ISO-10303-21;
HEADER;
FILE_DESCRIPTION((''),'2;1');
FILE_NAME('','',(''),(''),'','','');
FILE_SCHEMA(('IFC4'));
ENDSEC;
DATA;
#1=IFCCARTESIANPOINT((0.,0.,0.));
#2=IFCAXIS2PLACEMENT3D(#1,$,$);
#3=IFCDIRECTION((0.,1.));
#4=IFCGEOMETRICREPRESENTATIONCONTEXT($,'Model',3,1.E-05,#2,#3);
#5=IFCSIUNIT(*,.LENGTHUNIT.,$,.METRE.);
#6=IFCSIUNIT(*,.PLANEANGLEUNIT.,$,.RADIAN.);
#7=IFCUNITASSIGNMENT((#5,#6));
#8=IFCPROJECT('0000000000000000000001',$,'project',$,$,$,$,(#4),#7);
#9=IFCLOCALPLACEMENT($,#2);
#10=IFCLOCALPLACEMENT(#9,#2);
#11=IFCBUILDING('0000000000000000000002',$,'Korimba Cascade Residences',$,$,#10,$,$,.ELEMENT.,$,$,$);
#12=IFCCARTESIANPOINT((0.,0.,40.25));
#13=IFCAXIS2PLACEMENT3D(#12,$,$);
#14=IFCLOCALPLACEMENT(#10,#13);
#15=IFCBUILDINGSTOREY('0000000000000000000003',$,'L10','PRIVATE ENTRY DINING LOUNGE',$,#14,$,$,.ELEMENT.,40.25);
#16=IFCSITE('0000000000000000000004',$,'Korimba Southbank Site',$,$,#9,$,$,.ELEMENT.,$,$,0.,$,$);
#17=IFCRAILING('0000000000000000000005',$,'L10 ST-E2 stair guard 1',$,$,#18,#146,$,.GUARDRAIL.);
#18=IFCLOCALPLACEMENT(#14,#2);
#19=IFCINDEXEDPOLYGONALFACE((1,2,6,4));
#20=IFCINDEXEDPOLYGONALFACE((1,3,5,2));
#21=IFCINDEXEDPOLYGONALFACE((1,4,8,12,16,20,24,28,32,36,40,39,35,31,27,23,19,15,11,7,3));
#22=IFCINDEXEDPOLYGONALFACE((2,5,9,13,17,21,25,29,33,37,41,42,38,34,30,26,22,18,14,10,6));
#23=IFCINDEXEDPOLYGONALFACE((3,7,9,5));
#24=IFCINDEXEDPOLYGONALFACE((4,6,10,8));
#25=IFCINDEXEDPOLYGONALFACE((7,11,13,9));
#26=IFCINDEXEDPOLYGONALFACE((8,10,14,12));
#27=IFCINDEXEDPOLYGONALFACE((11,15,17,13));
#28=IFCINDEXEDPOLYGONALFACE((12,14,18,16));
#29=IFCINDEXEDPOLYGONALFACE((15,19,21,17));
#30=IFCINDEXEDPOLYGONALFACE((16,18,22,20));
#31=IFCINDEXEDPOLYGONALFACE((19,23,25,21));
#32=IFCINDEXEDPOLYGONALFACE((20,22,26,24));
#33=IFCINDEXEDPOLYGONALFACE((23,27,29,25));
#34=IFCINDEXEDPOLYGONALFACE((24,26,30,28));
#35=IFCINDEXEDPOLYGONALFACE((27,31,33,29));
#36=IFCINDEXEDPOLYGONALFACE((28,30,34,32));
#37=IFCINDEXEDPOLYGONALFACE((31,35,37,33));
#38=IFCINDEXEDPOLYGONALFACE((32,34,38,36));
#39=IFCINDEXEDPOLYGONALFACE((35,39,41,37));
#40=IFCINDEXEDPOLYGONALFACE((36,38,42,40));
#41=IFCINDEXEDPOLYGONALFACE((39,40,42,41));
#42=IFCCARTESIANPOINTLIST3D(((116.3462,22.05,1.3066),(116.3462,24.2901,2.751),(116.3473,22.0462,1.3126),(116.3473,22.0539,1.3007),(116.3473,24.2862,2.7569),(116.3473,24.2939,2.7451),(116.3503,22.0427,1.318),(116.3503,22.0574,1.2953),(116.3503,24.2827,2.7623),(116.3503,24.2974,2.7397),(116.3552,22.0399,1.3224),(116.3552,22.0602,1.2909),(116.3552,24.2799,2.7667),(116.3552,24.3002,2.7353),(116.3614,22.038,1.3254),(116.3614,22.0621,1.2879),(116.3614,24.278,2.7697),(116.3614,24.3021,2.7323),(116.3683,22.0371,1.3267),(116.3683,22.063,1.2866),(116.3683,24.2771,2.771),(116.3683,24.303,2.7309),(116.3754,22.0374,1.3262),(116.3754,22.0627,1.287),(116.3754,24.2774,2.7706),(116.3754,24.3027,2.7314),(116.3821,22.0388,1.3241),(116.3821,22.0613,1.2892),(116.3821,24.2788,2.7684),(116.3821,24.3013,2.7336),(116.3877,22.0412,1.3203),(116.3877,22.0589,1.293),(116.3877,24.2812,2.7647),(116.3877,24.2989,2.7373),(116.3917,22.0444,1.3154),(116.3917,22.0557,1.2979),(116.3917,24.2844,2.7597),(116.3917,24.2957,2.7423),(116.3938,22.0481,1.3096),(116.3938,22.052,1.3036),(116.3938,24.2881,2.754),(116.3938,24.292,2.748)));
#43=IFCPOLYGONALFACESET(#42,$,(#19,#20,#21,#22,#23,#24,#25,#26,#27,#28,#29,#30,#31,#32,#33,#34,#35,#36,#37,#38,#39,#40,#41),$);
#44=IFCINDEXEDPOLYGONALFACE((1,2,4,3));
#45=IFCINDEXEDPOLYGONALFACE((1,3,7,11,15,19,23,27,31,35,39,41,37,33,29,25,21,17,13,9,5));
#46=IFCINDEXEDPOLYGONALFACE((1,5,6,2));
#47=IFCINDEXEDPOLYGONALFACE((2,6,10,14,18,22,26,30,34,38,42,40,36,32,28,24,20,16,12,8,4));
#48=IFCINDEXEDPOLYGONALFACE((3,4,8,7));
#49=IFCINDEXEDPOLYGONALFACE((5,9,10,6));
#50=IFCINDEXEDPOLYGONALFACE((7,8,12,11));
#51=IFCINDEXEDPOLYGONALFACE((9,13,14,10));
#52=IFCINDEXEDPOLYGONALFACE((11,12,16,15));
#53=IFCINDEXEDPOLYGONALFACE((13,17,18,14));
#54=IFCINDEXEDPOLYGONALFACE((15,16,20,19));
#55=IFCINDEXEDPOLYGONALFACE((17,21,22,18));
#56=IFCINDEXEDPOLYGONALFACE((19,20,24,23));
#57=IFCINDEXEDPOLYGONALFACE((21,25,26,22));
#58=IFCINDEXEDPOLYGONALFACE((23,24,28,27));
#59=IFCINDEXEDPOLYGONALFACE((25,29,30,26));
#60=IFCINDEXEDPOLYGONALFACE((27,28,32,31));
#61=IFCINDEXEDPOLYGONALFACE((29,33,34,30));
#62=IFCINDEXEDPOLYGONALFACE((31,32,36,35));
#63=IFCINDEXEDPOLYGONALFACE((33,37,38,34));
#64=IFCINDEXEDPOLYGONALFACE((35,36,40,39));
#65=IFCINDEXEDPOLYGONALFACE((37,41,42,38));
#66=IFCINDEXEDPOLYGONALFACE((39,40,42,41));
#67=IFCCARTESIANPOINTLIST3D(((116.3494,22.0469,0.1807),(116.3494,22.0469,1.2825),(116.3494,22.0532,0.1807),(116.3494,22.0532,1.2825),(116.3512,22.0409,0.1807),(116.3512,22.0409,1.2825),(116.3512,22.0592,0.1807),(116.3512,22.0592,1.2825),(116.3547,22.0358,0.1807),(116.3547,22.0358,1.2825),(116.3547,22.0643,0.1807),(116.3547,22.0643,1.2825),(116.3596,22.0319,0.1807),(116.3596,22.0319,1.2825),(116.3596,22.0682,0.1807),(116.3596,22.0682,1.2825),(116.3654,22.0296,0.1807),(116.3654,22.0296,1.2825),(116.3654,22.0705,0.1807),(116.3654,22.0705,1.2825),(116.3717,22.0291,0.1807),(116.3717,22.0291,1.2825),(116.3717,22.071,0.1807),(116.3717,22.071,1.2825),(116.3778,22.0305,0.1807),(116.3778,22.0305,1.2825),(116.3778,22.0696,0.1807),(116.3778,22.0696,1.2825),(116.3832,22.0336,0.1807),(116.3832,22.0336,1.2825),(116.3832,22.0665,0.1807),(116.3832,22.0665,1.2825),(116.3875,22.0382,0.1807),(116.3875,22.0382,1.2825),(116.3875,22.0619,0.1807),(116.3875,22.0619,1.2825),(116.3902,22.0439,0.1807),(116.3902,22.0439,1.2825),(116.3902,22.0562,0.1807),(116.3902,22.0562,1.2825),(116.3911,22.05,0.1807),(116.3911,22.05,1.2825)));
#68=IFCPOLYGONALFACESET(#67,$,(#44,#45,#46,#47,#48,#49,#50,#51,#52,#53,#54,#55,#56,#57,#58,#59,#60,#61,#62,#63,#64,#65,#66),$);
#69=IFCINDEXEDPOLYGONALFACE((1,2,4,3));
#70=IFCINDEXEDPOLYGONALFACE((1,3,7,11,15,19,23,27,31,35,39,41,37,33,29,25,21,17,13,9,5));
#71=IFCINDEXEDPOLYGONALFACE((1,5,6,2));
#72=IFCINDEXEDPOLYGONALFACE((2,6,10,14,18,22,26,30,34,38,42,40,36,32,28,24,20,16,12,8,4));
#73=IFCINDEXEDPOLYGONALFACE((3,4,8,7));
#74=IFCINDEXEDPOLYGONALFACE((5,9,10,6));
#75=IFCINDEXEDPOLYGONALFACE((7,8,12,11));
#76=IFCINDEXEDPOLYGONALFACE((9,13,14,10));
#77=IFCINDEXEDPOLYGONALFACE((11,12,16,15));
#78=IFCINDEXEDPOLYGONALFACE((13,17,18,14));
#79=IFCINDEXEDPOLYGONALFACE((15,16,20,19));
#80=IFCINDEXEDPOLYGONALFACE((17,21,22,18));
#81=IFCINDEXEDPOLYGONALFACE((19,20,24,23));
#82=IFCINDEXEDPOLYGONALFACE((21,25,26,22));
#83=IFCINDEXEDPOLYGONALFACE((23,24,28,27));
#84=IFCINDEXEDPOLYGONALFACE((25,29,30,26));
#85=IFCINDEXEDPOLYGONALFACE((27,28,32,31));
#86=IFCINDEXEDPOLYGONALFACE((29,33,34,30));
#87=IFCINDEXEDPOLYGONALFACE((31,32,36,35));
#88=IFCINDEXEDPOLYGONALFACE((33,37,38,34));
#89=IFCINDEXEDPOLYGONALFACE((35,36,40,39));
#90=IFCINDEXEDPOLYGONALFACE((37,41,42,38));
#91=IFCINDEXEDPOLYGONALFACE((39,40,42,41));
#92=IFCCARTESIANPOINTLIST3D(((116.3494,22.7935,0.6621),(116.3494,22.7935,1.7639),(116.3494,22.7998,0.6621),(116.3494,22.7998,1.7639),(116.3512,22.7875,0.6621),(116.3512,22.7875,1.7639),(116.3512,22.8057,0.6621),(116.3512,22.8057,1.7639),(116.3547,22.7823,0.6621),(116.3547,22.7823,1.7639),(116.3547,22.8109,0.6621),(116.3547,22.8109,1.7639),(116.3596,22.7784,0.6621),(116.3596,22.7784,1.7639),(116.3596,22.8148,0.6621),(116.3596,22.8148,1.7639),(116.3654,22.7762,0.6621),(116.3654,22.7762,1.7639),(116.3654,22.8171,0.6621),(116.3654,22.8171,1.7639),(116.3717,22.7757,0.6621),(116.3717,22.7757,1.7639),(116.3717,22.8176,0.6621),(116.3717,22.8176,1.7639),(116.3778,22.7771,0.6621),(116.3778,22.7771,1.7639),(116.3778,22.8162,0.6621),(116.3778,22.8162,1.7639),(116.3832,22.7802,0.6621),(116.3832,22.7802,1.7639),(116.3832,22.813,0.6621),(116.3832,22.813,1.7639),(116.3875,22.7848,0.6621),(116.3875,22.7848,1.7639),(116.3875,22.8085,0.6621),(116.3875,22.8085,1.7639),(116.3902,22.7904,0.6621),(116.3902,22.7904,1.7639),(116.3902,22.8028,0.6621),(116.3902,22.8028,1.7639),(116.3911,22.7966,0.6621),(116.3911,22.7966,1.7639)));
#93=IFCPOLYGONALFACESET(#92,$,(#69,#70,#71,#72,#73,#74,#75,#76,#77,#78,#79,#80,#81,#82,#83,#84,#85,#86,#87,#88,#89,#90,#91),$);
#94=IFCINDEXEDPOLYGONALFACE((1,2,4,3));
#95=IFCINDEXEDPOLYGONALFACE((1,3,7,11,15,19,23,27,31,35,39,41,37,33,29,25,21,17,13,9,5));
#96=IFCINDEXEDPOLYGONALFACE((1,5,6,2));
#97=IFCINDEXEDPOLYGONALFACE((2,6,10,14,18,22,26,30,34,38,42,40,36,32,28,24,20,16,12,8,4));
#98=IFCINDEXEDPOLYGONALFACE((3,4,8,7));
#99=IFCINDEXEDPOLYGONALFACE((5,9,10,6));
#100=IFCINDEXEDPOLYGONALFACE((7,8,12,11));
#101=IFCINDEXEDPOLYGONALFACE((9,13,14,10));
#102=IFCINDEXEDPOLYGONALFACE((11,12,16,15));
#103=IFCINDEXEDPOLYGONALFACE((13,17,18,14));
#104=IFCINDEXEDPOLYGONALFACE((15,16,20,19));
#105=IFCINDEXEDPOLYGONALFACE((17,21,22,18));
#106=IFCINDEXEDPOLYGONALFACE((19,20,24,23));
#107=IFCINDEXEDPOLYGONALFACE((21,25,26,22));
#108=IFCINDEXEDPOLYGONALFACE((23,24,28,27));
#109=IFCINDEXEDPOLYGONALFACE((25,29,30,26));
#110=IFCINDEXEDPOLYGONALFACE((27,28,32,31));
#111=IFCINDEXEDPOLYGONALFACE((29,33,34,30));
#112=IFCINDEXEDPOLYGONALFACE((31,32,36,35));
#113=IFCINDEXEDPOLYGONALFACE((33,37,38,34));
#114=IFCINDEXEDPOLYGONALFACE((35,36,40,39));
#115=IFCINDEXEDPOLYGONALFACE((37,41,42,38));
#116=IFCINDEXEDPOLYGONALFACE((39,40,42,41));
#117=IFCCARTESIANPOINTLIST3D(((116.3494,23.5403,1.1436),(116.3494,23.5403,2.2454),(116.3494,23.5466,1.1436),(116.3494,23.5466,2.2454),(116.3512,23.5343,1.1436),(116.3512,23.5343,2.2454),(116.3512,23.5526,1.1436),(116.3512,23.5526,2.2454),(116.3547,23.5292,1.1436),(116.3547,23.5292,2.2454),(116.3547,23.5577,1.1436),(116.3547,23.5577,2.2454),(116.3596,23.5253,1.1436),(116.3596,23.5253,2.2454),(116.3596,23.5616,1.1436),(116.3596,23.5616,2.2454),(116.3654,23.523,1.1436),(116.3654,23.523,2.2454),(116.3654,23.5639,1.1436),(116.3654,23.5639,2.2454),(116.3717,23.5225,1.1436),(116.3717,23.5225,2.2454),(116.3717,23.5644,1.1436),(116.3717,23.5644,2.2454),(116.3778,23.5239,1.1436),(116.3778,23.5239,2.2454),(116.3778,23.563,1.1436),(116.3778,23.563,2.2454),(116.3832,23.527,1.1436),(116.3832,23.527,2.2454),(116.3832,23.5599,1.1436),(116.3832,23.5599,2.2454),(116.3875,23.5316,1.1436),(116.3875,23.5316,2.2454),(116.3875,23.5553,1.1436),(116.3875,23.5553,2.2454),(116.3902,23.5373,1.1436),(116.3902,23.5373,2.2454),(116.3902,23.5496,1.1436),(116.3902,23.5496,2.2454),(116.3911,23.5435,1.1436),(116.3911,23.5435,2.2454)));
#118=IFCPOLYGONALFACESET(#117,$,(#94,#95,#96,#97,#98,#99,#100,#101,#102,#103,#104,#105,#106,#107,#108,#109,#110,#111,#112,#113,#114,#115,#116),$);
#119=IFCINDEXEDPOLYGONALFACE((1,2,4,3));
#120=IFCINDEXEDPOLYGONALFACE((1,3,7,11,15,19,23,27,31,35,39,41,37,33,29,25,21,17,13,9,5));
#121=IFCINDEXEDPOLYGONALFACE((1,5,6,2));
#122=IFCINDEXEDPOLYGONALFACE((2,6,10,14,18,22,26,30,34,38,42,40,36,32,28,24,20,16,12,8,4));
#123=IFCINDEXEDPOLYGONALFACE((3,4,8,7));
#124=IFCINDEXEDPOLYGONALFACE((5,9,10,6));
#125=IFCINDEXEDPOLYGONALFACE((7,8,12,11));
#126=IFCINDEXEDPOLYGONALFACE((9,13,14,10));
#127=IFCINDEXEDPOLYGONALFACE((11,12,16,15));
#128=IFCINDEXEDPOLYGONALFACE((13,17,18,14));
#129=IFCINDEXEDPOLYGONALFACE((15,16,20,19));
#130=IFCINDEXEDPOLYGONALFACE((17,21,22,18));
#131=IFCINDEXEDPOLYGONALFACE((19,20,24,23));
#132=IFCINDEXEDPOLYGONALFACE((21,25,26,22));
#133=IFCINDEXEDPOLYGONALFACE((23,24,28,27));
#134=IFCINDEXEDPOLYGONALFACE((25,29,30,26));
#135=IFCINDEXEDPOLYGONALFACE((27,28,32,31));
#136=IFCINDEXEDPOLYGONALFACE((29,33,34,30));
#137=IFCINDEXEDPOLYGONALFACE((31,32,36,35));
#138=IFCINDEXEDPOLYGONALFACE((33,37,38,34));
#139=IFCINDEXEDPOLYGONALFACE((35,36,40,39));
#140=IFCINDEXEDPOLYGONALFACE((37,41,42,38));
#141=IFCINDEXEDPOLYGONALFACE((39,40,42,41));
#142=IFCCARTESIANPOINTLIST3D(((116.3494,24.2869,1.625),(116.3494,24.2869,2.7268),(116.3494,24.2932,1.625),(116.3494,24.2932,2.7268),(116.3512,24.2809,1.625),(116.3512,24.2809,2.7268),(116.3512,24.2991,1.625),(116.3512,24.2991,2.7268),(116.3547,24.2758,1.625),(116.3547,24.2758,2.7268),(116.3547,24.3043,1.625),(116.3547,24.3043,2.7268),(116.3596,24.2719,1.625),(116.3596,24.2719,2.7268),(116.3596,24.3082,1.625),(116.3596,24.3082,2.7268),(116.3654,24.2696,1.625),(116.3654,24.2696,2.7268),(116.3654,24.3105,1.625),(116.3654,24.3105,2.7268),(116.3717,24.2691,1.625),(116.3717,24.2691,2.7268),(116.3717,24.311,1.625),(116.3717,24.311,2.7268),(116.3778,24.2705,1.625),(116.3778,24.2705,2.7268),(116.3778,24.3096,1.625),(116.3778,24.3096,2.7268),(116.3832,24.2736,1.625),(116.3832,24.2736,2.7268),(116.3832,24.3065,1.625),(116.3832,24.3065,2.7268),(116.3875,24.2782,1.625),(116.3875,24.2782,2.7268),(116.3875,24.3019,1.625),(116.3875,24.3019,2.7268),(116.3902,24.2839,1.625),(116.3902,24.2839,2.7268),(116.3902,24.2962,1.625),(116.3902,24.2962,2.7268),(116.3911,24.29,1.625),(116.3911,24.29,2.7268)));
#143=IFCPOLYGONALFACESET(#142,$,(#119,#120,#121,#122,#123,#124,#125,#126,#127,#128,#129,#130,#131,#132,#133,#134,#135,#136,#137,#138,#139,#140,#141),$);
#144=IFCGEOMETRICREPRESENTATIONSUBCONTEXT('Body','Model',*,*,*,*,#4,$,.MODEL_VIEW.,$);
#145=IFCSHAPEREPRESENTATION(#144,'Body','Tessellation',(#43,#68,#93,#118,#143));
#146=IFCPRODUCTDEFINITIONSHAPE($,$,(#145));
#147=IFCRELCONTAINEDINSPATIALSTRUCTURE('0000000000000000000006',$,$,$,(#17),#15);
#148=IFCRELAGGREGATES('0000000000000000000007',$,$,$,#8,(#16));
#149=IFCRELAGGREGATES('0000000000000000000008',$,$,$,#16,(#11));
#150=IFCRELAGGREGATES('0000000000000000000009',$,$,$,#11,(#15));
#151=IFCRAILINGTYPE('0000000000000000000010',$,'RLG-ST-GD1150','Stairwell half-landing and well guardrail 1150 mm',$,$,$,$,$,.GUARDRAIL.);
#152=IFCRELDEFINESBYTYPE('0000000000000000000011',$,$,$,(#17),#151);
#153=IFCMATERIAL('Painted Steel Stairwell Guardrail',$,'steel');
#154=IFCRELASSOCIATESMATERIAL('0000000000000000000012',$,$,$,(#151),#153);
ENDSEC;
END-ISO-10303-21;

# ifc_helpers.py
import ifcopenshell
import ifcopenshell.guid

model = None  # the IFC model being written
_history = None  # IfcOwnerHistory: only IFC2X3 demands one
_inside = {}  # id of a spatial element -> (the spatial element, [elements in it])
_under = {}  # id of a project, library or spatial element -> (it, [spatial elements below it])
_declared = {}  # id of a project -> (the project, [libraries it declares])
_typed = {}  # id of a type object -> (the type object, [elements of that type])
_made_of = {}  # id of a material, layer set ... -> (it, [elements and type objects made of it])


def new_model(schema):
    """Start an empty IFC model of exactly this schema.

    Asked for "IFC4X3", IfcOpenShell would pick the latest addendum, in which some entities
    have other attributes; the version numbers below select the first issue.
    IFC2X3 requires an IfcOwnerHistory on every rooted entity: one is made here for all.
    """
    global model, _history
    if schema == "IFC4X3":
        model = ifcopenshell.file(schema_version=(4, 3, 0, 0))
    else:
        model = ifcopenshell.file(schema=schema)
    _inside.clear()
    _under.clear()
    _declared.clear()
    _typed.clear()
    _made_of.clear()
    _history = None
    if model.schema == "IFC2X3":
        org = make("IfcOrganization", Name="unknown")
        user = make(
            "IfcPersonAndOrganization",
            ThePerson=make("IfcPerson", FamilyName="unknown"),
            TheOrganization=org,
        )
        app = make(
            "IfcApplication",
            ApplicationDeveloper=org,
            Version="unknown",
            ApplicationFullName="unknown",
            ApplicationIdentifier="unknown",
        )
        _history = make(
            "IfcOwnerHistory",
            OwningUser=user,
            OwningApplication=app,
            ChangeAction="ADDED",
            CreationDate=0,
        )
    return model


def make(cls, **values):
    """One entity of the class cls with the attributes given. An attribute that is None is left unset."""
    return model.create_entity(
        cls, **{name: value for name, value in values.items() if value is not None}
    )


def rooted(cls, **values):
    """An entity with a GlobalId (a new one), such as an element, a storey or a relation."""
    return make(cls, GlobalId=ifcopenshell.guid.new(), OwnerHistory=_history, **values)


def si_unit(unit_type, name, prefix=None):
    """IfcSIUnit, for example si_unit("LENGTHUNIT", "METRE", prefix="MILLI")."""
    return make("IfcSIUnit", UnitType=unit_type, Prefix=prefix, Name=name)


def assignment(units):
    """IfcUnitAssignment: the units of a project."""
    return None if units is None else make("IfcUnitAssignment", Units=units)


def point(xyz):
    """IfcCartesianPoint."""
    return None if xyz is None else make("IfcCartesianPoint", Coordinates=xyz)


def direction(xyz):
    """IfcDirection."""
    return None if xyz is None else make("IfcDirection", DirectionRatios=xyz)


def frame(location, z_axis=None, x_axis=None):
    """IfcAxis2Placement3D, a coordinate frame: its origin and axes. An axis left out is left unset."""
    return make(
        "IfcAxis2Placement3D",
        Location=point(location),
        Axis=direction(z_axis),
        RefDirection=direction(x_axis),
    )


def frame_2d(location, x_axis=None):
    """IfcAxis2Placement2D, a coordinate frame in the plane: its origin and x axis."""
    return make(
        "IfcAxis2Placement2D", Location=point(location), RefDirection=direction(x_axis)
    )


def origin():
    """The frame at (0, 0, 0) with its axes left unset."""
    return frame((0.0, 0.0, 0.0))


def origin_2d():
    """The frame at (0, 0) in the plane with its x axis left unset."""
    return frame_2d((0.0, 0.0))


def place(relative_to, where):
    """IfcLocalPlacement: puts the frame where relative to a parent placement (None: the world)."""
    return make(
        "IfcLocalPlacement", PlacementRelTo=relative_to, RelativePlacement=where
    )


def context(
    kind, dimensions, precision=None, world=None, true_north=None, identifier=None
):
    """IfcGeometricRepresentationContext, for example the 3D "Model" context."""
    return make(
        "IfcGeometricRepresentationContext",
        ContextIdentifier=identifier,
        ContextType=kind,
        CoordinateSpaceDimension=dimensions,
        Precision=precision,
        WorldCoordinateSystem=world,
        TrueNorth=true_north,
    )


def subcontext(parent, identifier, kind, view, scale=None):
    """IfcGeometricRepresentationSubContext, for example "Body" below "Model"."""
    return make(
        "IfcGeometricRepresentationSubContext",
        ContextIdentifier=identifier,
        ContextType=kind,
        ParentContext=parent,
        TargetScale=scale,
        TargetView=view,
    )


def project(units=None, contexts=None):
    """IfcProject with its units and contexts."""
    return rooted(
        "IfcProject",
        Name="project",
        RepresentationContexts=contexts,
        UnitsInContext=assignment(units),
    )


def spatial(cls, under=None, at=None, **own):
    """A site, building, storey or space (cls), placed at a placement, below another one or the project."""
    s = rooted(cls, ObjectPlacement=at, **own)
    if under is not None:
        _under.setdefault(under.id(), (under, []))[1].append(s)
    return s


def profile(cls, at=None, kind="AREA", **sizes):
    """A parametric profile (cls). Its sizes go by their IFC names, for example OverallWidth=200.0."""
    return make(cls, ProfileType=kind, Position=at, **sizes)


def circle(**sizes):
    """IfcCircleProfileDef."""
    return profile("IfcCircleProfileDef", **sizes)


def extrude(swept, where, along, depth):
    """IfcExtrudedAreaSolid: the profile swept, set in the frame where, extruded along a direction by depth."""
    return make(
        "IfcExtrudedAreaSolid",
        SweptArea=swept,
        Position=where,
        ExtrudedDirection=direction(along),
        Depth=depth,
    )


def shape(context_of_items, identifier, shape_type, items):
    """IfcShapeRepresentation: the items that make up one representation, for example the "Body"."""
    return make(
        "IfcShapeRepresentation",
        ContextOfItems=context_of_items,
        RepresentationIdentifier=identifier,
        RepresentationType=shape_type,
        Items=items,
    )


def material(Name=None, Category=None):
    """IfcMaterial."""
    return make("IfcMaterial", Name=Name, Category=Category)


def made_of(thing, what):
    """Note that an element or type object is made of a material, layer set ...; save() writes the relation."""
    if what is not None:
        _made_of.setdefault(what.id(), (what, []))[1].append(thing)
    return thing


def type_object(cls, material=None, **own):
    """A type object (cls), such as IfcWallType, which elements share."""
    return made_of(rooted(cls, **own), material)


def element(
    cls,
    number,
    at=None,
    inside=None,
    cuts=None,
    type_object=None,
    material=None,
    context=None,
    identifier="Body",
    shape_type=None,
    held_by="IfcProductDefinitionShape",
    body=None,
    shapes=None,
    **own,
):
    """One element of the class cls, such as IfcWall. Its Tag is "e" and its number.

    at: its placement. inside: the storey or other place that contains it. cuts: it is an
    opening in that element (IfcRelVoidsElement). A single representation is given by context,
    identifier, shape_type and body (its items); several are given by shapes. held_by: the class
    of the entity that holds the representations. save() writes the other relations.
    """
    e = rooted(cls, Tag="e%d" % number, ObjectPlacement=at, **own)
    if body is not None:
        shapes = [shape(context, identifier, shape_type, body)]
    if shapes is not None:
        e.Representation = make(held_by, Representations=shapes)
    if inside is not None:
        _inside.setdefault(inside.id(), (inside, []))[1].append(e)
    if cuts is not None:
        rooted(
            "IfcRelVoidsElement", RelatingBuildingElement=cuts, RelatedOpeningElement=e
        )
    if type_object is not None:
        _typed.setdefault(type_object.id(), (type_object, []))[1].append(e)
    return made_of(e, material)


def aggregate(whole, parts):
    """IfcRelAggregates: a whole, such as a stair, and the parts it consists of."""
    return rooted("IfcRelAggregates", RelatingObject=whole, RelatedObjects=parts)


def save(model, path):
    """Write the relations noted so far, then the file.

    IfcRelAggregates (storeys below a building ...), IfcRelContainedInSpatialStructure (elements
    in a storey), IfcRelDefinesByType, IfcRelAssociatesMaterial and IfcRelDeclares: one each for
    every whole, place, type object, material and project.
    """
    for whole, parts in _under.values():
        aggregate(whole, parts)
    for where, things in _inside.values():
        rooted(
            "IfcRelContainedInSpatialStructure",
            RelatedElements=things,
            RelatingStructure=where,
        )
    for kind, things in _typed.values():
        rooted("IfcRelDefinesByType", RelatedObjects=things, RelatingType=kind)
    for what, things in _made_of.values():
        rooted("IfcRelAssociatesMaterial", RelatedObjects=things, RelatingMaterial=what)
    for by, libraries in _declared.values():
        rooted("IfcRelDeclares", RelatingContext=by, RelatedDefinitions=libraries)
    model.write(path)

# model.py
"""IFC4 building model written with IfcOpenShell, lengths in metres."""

from ifc_helpers import new_model, si_unit, direction, frame, origin, origin_2d, place, context, subcontext, project, spatial, circle, extrude, material, type_object, element, save


model = new_model("IFC4")

# Units and contexts
model_context = context("Model", 3, precision=1e-05, world=origin(), true_north=direction((0.0, 1.0)))
body_context = subcontext(model_context, "Body", "Model", "MODEL_VIEW")
ifc_project = project(units=[si_unit("LENGTHUNIT", "METRE"), si_unit("PLANEANGLEUNIT", "RADIAN")], contexts=[model_context])

# Site, building, storey
site_placement = place(None, origin())
site = spatial("IfcSite", under=ifc_project, at=site_placement, Name="Korimba Southbank Site", CompositionType="ELEMENT", RefElevation=0.0)
building_placement = place(site_placement, origin())
building = spatial("IfcBuilding", under=site, at=building_placement, Name="Korimba Cascade Residences", CompositionType="ELEMENT")
storey_placement = place(building_placement, frame((0.0, 0.0, 40.25)))
storey = spatial("IfcBuildingStorey", under=building, at=storey_placement, Name="L10", Description="PRIVATE ENTRY DINING LOUNGE", CompositionType="ELEMENT", Elevation=40.25)

# Railing
ifc_material_1 = material(Name="Painted Steel Stairwell Guardrail", Category="steel")
railing_type_1 = type_object("IfcRailingType", Name="RLG-ST-GD1150", Description="Stairwell half-landing and well guardrail 1150 mm", PredefinedType="GUARDRAIL", material=ifc_material_1)
railing_1_placement = place(storey_placement, frame((116.3701, 22.05, 0.1807)))
element("IfcRailing", 1, at=railing_1_placement, inside=storey, type_object=railing_type_1, Name="L10 ST-E2 stair guard 1", PredefinedType="GUARDRAIL", context=body_context, shape_type="SweptSolid", body=[
    extrude(circle(Radius=0.0239, at=origin_2d()), frame((0.0, 0.0, 1.126), z_axis=(0.0, 0.840437, 0.54191), x_axis=(-1.0, 0.0, 0.0)), (0.0, 0.0, 1.0), 2.6653),
    extrude(circle(Radius=0.021, at=origin_2d()), origin(), (0.0, 0.0, 1.0), 1.1018),
    extrude(circle(Radius=0.021, at=origin_2d()), frame((0.0, 0.7466, 0.4814)), (0.0, 0.0, 1.0), 1.1018),
    extrude(circle(Radius=0.021, at=origin_2d()), frame((0.0, 1.4934, 0.9629)), (0.0, 0.0, 1.0), 1.1018),
    extrude(circle(Radius=0.021, at=origin_2d()), frame((0.0, 2.24, 1.4443)), (0.0, 0.0, 1.0), 1.1018),
])

save(model, "model.ifc")
